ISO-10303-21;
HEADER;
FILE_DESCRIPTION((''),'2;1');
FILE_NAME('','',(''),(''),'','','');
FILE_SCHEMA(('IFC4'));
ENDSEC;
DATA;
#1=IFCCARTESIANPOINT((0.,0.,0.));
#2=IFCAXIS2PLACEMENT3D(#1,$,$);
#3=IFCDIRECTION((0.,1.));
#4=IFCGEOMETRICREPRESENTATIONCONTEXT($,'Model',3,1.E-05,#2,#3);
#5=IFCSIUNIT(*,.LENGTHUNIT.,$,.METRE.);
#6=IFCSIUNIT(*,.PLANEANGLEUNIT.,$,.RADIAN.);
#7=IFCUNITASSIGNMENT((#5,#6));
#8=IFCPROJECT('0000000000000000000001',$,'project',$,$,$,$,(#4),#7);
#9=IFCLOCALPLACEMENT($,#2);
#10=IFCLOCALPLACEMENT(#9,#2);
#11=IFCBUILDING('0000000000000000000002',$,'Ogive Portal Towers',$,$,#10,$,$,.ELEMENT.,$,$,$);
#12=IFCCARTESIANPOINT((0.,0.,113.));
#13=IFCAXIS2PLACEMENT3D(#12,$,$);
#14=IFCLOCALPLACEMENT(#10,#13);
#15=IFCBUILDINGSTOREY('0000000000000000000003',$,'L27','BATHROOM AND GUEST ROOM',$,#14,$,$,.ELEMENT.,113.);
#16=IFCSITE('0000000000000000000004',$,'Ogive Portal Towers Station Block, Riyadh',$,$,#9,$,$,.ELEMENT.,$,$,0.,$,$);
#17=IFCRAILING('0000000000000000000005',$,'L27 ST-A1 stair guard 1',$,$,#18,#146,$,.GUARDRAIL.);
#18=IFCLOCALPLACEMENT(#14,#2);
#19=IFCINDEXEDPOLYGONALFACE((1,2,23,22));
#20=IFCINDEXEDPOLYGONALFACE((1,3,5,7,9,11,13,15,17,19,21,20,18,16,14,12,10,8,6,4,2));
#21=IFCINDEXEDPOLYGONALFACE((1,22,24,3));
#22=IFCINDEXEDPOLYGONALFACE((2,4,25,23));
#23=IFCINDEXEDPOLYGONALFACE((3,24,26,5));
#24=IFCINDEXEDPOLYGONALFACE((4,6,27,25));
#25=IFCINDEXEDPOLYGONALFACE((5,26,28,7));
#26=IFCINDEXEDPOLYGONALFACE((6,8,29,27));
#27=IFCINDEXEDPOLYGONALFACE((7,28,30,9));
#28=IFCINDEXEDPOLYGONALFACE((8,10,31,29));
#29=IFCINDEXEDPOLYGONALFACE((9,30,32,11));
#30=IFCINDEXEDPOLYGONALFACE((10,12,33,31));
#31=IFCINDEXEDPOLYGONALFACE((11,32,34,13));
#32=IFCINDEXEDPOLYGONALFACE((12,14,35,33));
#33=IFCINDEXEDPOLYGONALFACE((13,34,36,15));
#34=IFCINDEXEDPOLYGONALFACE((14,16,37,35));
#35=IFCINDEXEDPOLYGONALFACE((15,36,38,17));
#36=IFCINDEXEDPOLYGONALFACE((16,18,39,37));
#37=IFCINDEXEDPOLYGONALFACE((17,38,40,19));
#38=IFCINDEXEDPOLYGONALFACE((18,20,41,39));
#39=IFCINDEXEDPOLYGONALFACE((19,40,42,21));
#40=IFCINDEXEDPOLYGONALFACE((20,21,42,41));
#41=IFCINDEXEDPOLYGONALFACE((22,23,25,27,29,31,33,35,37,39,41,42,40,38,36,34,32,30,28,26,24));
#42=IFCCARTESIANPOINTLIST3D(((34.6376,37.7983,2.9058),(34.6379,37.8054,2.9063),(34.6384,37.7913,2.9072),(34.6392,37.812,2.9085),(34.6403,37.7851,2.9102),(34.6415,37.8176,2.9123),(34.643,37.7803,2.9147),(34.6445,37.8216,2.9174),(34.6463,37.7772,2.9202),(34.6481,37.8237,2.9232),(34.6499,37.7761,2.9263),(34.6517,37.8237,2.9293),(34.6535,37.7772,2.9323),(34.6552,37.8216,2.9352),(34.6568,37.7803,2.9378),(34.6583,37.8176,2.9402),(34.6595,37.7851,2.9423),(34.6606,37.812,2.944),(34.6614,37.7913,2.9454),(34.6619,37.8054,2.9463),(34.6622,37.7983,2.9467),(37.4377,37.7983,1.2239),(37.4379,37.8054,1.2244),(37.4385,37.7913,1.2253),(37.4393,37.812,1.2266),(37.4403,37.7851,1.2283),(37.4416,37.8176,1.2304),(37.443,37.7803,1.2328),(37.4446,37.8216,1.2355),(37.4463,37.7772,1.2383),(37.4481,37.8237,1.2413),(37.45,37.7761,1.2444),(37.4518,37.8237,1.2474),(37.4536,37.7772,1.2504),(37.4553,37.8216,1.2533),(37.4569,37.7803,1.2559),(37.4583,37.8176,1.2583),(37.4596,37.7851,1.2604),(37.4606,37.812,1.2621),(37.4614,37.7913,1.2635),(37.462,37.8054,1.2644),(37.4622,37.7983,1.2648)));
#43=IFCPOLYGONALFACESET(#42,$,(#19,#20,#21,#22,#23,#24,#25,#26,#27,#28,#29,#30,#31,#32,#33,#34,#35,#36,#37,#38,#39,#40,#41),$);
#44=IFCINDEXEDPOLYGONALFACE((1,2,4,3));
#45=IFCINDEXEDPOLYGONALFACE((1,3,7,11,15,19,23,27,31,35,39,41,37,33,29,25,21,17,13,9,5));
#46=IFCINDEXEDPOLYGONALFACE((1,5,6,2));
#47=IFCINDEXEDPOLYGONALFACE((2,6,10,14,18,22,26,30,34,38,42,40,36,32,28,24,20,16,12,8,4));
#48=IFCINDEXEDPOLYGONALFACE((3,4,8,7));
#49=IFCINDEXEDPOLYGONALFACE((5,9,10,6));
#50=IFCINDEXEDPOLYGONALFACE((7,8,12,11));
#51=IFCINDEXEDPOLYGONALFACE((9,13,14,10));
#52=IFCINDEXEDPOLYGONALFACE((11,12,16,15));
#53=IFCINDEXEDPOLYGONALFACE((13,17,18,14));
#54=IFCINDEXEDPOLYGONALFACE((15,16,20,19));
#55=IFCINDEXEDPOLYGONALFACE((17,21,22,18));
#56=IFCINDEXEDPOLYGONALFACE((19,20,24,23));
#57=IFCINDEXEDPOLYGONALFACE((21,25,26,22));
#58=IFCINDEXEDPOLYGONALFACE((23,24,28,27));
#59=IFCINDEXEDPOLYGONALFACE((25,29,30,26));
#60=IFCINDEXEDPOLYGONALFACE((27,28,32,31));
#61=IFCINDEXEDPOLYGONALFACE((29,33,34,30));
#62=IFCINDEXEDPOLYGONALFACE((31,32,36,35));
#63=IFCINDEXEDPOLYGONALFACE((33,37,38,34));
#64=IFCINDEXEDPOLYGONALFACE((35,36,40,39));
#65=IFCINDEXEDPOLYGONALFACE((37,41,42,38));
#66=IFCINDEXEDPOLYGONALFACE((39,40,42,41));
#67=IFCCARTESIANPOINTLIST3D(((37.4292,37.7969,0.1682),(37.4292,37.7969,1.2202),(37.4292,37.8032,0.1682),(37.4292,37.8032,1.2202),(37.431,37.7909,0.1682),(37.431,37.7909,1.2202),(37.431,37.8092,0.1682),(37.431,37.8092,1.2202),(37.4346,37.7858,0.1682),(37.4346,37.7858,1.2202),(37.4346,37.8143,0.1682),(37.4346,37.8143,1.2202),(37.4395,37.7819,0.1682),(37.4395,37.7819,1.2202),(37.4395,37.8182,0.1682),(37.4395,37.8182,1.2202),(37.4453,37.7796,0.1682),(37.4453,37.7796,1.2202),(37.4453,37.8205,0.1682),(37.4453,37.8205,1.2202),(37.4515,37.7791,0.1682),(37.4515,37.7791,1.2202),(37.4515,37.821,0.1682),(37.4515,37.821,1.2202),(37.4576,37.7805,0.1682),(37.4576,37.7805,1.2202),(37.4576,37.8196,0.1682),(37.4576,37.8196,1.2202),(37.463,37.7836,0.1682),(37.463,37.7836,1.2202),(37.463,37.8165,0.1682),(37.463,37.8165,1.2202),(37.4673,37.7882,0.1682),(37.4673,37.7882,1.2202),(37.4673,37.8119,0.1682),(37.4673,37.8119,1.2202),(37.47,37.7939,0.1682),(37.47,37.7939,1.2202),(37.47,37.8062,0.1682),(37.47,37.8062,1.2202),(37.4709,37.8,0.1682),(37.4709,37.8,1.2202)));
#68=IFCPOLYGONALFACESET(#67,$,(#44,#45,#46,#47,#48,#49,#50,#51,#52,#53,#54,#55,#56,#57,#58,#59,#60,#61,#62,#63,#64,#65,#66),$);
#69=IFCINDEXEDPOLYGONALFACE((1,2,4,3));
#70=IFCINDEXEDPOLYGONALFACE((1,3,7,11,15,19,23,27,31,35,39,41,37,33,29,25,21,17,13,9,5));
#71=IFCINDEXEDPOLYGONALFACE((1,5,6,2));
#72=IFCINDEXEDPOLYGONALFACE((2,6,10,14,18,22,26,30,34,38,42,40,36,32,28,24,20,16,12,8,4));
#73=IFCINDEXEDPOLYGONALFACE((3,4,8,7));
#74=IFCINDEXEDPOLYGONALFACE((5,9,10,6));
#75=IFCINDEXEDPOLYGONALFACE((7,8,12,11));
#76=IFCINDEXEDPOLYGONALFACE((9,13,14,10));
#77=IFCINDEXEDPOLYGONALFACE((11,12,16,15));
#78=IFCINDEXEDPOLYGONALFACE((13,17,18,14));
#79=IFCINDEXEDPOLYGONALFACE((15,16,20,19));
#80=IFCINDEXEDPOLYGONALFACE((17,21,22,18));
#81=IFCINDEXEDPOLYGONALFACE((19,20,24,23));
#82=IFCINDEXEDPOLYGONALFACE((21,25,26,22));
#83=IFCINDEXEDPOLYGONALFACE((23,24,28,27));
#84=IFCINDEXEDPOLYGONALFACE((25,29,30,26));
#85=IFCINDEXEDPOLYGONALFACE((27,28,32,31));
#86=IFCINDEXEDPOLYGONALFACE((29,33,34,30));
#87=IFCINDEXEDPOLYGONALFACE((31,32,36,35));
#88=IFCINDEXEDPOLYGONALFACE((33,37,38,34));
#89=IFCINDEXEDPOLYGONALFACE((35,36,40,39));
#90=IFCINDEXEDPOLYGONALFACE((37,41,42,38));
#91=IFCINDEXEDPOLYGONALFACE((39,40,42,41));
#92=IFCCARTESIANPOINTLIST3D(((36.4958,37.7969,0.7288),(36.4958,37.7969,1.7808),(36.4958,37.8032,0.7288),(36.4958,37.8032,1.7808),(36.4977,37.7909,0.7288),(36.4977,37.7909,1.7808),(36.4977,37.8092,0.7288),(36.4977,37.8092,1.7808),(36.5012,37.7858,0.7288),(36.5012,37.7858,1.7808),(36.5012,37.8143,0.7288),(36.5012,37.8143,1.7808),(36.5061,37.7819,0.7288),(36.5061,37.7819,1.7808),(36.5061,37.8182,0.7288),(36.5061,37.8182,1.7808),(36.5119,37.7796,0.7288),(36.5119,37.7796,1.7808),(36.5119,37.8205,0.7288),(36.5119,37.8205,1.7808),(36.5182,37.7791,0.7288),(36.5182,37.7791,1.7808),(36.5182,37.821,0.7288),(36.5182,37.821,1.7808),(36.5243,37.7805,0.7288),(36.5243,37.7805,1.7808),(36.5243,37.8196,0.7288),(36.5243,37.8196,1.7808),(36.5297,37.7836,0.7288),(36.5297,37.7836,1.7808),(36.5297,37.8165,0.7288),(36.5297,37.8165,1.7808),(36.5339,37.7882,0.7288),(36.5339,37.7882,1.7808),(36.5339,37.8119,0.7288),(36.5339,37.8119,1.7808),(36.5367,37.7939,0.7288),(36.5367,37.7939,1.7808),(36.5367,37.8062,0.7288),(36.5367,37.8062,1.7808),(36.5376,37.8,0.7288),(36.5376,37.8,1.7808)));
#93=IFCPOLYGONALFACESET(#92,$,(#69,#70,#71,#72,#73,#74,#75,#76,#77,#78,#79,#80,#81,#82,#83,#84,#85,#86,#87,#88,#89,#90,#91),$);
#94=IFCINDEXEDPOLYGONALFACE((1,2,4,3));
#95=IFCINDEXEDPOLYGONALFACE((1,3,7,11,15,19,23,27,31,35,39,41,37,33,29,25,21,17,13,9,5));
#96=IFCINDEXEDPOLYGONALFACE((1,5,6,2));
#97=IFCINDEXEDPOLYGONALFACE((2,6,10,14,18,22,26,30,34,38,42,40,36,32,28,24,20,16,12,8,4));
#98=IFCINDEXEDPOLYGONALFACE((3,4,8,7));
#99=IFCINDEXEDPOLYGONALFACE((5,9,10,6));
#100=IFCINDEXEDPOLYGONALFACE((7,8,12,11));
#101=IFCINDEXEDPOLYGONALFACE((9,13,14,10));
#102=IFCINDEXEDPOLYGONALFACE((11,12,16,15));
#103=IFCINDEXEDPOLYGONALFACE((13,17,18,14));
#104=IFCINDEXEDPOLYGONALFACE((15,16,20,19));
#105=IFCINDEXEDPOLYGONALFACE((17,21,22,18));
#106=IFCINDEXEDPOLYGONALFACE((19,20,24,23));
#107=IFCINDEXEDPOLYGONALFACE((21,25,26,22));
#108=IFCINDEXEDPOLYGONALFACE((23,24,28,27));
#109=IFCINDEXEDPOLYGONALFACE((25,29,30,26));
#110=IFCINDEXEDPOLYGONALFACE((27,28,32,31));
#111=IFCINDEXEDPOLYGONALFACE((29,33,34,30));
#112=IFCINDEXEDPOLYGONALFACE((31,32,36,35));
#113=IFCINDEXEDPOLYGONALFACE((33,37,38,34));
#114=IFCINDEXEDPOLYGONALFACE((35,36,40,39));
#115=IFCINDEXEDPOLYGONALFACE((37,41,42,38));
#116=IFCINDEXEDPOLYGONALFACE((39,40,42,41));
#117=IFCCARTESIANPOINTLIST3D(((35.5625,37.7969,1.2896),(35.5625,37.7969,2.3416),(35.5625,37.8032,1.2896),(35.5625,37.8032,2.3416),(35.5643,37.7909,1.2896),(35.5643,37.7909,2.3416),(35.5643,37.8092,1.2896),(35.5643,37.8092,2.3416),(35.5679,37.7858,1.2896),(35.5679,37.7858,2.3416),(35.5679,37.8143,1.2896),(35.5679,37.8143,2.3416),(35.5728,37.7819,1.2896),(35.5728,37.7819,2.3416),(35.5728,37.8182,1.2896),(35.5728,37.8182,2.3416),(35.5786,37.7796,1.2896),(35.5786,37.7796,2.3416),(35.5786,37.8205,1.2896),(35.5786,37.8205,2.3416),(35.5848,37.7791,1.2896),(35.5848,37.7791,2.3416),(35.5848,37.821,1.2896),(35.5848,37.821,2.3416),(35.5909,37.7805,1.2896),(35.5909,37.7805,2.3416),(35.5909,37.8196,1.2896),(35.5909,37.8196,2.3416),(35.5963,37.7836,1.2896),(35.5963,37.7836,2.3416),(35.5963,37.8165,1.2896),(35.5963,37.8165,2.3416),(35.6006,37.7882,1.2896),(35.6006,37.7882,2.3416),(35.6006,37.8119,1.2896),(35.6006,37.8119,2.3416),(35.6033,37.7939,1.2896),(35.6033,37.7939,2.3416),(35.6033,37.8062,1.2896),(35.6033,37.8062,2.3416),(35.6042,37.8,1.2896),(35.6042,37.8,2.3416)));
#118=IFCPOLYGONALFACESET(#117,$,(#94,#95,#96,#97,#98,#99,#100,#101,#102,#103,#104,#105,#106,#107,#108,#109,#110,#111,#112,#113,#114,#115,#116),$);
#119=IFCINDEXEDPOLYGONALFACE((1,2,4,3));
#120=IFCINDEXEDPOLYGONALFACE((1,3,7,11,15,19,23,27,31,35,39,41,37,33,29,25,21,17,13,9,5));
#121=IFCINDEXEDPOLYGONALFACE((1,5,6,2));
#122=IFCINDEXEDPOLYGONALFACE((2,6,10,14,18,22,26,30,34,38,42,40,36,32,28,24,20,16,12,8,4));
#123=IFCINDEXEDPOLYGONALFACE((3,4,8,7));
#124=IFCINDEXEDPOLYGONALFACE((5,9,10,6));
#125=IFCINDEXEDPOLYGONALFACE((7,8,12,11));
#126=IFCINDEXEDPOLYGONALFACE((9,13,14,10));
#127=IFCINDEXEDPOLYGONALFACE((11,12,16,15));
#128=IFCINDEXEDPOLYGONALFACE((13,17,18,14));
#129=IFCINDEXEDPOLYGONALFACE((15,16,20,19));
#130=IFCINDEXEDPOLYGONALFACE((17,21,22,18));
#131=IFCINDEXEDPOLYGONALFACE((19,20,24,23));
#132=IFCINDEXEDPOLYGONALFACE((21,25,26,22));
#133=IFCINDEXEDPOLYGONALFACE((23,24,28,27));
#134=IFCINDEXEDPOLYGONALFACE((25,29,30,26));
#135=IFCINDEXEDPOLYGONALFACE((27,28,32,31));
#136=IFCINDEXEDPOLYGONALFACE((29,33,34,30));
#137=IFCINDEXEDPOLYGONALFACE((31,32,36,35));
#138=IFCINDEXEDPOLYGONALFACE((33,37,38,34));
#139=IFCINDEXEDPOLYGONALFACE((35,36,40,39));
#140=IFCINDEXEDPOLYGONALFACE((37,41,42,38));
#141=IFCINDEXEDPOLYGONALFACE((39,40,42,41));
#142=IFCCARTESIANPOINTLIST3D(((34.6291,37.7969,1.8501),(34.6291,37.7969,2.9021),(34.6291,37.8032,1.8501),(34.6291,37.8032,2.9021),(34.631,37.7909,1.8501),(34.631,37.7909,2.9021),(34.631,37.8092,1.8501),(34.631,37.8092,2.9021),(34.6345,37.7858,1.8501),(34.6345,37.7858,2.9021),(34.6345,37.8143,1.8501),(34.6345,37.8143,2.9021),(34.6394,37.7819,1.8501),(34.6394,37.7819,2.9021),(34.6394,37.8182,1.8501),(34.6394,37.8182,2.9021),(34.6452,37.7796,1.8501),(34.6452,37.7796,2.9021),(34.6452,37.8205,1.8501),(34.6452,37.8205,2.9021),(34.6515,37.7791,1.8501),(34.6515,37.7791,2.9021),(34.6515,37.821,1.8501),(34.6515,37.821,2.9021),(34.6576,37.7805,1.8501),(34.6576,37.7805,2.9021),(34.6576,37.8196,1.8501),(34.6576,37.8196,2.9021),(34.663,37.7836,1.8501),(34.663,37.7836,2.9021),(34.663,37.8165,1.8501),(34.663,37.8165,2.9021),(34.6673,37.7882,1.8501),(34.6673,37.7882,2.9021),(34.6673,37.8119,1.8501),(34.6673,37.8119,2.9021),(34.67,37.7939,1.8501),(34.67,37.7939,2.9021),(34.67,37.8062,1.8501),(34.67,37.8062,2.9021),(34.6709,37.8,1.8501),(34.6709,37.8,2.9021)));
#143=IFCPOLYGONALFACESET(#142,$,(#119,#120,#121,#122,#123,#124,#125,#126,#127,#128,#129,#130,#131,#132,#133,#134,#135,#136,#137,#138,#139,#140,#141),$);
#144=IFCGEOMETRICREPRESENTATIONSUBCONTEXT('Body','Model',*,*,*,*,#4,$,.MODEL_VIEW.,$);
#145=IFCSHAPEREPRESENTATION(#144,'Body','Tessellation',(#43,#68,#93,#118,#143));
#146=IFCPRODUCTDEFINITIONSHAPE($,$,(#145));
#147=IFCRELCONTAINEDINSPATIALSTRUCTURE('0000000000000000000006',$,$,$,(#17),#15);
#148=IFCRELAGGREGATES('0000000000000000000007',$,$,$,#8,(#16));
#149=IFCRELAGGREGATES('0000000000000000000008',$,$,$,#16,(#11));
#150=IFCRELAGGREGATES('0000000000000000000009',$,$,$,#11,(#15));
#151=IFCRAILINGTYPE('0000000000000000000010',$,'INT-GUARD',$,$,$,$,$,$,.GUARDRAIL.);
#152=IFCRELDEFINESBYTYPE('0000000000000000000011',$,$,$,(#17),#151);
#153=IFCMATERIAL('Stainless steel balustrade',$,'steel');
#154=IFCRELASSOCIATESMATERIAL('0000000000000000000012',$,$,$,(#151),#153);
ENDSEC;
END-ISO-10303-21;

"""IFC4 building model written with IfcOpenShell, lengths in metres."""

from ifc_helpers import new_model, si_unit, direction, frame, origin, origin_2d, place, context, subcontext, project, spatial, circle, extrude, material, type_object, element, save


model = new_model("IFC4")

# Units and contexts
model_context = context("Model", 3, precision=1e-05, world=origin(), true_north=direction((0.0, 1.0)))
body_context = subcontext(model_context, "Body", "Model", "MODEL_VIEW")
ifc_project = project(units=[si_unit("LENGTHUNIT", "METRE"), si_unit("PLANEANGLEUNIT", "RADIAN")], contexts=[model_context])

# Site, building, storey
site_placement = place(None, origin())
site = spatial("IfcSite", under=ifc_project, at=site_placement, Name="Ogive Portal Towers Station Block, Riyadh", CompositionType="ELEMENT", RefElevation=0.0)
building_placement = place(site_placement, origin())
building = spatial("IfcBuilding", under=site, at=building_placement, Name="Ogive Portal Towers", CompositionType="ELEMENT")
storey_placement = place(building_placement, frame((0.0, 0.0, 113.0)))
storey = spatial("IfcBuildingStorey", under=building, at=storey_placement, Name="L27", Description="BATHROOM AND GUEST ROOM", CompositionType="ELEMENT", Elevation=113.0)

# Railing
ifc_material_1 = material(Name="Stainless steel balustrade", Category="steel")
railing_type_1 = type_object("IfcRailingType", Name="INT-GUARD", PredefinedType="GUARDRAIL", material=ifc_material_1)
railing_1_placement = place(storey_placement, frame((37.45, 37.8, 0.1682)))
element("IfcRailing", 1, at=railing_1_placement, inside=storey, type_object=railing_type_1, Name="L27 ST-A1 stair guard 1", PredefinedType="GUARDRAIL", context=body_context, shape_type="SweptSolid", body=[
    extrude(circle(Radius=0.0239, at=origin_2d()), frame((0.0, 0.0, 1.0762), z_axis=(-0.857242, 0.0, 0.514913), x_axis=(0.0, -1.0, 0.0)), (0.0, 0.0, 1.0), 3.2664),
    extrude(circle(Radius=0.021, at=origin_2d()), origin(), (0.0, 0.0, 1.0), 1.052),
    extrude(circle(Radius=0.021, at=origin_2d()), frame((-0.9333, 0.0, 0.5605)), (0.0, 0.0, 1.0), 1.052),
    extrude(circle(Radius=0.021, at=origin_2d()), frame((-1.8667, 0.0, 1.1213)), (0.0, 0.0, 1.0), 1.052),
    extrude(circle(Radius=0.021, at=origin_2d()), frame((-2.8, 0.0, 1.6819)), (0.0, 0.0, 1.0), 1.052),
])

save(model, "model.ifc")
